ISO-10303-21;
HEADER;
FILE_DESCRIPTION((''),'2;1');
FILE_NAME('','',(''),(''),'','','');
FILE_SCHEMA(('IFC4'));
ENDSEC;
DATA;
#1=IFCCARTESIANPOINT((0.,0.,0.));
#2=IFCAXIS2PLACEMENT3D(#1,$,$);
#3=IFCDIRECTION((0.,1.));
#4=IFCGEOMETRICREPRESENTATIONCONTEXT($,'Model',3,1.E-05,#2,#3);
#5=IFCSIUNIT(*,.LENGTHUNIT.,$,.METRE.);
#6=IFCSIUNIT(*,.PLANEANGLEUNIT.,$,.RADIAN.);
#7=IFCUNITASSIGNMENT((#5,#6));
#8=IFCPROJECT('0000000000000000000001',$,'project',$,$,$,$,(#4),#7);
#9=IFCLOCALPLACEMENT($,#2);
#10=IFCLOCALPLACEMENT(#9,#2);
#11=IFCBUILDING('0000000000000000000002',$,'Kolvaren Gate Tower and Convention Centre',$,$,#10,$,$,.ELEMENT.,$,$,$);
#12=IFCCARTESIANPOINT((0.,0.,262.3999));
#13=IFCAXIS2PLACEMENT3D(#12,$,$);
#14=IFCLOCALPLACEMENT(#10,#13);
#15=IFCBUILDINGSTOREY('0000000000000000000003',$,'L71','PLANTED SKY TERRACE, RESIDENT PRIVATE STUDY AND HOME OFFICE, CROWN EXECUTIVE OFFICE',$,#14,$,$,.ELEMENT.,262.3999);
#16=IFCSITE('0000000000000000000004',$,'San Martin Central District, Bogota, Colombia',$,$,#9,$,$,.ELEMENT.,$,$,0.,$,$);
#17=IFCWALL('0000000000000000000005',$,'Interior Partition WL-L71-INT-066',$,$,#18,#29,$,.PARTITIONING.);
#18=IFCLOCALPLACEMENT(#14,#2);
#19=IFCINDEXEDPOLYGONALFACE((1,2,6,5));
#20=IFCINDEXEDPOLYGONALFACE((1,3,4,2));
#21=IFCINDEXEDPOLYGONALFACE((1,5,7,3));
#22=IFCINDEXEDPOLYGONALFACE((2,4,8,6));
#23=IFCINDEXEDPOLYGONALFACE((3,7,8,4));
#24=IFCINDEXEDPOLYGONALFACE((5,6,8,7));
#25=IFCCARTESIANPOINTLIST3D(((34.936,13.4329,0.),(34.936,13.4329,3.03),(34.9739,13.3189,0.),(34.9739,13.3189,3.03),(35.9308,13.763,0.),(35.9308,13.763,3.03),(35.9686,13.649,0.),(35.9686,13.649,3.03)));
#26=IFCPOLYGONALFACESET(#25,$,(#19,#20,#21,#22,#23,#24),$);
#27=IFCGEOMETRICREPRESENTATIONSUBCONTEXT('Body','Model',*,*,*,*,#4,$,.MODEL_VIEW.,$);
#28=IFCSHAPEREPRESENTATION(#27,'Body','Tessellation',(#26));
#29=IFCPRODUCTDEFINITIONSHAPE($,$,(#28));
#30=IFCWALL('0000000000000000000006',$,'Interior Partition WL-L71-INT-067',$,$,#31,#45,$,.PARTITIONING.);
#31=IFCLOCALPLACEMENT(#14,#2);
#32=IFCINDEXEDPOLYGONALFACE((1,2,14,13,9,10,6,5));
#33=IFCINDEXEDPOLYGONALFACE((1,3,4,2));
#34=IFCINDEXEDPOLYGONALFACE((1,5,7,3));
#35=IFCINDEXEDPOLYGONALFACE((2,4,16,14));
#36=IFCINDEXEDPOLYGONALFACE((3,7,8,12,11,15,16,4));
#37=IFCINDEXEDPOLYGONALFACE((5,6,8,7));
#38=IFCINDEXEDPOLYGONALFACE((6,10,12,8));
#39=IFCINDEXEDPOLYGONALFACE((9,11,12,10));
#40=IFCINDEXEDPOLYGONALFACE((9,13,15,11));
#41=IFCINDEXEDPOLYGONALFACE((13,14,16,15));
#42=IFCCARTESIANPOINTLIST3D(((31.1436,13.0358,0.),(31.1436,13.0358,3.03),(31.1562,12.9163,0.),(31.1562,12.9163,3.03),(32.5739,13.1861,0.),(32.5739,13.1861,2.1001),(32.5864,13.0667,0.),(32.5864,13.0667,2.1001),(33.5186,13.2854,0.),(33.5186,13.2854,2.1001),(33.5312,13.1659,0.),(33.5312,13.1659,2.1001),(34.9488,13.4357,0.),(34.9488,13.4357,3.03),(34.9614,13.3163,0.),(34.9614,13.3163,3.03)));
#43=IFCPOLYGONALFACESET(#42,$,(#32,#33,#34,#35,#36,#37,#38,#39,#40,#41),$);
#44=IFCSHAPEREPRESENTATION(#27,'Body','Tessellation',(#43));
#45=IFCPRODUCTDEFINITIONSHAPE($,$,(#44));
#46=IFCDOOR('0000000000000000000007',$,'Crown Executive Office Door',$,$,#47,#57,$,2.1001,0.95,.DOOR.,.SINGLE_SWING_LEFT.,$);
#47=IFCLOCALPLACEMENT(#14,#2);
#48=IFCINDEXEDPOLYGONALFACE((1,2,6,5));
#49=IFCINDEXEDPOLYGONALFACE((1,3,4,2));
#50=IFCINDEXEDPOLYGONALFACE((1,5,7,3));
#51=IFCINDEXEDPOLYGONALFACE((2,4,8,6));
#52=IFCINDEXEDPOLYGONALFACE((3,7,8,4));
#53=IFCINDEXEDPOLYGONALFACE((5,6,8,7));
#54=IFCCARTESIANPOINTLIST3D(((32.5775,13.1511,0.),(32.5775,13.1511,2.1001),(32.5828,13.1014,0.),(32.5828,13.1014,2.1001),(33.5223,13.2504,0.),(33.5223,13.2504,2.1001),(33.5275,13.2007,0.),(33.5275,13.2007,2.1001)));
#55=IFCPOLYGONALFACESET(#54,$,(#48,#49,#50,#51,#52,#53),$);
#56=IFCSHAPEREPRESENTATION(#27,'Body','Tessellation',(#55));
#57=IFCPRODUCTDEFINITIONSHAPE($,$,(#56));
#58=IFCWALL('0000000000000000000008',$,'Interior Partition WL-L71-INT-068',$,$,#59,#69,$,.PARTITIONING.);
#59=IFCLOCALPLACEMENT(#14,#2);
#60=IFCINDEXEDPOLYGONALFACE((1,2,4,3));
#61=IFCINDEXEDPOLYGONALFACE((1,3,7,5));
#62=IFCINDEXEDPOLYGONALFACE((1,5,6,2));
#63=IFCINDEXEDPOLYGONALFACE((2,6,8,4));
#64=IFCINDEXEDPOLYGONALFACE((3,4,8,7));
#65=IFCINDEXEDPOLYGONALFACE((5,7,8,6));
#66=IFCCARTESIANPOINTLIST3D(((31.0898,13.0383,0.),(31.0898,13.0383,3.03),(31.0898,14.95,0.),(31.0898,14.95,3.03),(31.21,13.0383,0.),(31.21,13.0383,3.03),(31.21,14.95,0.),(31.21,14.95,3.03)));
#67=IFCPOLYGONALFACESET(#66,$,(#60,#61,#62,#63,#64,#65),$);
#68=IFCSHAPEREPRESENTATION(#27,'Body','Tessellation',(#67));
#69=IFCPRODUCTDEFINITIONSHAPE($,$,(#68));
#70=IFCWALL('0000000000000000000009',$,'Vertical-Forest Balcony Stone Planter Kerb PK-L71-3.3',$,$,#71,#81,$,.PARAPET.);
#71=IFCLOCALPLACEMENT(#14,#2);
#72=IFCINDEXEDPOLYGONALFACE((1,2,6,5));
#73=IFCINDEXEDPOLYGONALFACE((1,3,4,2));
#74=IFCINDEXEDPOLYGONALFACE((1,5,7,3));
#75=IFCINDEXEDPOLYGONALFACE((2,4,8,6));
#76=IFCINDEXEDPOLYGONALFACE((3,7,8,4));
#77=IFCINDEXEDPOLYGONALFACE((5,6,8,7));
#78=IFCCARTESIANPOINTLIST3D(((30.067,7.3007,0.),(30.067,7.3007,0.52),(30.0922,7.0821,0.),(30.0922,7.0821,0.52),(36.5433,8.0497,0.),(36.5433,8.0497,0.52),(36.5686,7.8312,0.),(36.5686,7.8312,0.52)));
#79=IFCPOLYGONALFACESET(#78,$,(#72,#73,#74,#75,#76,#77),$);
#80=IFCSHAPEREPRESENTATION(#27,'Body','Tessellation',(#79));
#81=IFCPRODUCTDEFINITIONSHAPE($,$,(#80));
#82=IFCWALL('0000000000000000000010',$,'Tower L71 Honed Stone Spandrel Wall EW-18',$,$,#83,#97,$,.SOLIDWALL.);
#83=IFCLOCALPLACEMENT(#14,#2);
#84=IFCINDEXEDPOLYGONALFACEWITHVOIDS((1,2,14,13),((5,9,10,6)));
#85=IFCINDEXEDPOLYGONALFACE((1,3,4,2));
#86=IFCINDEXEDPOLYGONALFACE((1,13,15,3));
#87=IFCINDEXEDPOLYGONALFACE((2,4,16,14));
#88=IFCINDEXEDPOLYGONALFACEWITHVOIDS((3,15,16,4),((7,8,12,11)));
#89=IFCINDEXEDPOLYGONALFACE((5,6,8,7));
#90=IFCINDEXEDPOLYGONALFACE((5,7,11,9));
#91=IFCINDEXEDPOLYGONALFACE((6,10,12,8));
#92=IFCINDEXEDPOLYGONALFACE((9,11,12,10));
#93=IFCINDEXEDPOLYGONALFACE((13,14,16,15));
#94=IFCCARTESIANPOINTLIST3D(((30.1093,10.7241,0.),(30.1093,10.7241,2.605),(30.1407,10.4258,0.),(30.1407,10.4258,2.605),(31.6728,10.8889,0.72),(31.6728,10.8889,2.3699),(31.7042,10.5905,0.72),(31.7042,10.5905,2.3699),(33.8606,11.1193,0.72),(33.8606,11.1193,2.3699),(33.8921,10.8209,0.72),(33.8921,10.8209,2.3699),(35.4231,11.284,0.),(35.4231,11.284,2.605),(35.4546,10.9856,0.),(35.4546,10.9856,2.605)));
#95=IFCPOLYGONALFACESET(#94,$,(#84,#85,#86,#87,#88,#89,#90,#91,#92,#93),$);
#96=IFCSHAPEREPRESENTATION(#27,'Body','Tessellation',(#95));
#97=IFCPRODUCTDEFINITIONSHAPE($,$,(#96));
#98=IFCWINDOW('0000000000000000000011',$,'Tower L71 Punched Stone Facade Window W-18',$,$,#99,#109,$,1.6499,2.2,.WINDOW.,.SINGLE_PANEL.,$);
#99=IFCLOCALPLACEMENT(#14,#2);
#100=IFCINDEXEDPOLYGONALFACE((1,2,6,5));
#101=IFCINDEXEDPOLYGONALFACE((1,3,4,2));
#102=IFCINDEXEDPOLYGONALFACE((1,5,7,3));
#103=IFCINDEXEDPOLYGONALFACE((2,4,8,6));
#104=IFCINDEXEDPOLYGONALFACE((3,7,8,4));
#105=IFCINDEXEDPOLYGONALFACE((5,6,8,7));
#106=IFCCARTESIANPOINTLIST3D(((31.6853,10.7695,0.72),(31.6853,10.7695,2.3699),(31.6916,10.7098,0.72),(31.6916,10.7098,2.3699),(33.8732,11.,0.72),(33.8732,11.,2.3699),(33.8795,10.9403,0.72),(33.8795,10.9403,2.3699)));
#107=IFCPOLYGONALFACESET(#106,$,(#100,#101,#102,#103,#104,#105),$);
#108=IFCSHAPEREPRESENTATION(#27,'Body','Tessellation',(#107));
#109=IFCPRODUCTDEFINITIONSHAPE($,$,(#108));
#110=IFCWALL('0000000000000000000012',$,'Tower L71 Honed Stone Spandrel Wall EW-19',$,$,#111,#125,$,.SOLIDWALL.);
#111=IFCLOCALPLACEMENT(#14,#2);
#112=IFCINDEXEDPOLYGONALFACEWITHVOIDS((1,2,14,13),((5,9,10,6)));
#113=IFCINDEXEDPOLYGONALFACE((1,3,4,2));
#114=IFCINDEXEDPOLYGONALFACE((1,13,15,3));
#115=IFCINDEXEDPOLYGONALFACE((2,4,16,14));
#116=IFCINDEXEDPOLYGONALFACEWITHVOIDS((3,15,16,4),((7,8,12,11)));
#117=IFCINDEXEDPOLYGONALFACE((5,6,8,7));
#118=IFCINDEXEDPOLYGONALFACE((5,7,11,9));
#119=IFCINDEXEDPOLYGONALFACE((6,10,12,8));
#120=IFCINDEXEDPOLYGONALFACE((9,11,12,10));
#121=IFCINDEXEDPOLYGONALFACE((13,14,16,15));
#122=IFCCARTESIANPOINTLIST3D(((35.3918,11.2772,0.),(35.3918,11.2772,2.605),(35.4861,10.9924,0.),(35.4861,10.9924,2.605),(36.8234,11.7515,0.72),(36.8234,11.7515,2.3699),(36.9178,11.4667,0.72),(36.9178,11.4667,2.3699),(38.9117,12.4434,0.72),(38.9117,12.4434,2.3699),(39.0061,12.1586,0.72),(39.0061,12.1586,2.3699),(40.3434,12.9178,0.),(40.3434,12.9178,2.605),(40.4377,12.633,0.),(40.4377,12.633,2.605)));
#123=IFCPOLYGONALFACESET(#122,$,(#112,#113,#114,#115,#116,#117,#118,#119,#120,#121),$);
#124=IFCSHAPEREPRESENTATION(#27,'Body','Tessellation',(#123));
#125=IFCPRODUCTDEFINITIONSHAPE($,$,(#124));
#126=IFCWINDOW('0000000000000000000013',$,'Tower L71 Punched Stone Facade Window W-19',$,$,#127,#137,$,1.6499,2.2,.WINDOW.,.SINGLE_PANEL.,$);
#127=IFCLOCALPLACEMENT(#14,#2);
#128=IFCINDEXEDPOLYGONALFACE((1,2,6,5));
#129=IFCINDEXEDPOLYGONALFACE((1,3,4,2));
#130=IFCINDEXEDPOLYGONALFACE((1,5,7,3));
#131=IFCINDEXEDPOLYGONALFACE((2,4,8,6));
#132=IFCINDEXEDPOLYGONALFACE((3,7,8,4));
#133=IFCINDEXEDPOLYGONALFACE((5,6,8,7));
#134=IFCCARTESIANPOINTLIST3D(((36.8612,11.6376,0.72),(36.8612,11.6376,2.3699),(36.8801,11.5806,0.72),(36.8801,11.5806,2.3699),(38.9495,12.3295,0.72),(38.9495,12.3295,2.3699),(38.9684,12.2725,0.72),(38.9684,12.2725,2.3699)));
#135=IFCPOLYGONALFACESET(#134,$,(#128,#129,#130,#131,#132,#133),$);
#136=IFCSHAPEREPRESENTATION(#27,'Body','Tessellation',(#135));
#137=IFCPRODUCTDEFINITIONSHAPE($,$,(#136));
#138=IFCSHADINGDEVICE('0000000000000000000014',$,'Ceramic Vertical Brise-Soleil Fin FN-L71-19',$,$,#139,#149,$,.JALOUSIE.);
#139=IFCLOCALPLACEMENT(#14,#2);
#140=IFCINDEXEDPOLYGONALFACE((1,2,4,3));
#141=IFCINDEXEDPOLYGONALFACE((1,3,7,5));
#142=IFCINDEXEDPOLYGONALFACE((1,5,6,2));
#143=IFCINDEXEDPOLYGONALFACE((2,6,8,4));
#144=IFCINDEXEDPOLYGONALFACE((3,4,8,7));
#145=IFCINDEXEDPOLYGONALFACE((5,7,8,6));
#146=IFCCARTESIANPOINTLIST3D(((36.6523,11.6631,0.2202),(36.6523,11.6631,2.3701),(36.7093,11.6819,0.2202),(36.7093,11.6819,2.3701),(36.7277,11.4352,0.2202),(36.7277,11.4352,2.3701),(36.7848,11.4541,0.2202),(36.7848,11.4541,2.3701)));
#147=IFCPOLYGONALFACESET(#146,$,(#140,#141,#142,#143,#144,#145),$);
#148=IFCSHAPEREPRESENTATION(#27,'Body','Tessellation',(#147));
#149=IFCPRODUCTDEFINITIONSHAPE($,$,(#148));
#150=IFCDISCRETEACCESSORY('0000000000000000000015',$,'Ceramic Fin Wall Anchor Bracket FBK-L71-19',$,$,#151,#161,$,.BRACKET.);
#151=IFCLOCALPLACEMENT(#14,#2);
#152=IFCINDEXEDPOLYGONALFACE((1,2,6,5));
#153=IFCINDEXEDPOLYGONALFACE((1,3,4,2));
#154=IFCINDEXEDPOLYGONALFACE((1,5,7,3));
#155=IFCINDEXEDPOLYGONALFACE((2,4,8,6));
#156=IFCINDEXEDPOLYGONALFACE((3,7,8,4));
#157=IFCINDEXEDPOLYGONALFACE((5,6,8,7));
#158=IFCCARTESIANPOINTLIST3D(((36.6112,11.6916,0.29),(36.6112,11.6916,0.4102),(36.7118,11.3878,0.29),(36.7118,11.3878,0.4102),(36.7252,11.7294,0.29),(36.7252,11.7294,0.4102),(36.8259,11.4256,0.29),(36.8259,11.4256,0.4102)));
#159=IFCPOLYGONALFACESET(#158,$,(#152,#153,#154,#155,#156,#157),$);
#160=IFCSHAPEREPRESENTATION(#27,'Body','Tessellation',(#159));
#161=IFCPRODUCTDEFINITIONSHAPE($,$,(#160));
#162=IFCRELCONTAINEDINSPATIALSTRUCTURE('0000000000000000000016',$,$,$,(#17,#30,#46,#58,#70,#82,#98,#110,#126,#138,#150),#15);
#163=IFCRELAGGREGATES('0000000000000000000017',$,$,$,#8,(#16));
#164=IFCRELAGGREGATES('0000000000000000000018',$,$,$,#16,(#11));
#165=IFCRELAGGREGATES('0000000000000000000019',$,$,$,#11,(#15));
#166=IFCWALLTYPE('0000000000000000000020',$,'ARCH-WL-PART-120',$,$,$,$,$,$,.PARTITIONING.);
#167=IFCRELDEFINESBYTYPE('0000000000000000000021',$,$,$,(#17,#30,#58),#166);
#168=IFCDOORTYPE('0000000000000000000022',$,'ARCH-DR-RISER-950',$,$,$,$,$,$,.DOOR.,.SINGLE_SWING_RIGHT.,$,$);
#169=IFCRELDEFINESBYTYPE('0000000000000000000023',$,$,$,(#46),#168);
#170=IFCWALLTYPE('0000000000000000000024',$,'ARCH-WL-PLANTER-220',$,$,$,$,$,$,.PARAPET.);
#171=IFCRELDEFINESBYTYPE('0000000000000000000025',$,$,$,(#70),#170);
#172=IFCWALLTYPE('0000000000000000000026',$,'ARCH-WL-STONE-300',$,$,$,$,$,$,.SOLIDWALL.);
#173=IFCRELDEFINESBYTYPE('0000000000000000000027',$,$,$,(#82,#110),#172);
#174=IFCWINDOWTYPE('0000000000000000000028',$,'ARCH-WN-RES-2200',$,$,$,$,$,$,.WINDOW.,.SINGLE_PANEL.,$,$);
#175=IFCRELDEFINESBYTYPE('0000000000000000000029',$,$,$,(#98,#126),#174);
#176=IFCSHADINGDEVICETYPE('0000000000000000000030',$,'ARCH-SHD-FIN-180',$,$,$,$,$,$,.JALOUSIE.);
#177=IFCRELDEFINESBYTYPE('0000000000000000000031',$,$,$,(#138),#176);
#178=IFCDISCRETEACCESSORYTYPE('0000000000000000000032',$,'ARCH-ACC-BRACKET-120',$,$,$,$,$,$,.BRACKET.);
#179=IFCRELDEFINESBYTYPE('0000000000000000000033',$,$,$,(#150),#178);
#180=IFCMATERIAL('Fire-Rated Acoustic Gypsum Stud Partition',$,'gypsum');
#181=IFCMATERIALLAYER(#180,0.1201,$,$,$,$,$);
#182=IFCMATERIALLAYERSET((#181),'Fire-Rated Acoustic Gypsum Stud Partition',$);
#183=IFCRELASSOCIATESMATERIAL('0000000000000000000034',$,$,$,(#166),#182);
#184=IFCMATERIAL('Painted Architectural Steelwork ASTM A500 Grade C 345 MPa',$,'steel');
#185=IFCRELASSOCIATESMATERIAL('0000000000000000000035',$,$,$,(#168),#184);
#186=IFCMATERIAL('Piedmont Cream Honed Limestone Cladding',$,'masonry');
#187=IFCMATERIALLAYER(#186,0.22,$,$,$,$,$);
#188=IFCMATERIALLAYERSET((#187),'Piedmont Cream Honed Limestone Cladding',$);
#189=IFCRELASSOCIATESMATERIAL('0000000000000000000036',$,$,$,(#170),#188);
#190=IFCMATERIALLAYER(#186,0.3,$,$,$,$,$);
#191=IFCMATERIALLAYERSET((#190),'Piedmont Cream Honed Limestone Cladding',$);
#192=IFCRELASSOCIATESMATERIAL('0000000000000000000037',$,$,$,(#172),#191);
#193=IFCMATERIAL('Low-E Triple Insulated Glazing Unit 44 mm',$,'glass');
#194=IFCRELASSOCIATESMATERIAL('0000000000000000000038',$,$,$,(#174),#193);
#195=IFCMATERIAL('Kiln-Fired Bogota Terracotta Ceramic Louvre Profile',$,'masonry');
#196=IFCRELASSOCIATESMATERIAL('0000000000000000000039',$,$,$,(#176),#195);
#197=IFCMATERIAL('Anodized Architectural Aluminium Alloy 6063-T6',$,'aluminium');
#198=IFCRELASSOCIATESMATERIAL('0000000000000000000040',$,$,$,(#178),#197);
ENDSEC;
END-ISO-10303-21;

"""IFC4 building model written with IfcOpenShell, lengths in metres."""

from ifc_helpers import new_model, si_unit, direction, frame, frame_2d, origin, origin_2d, place, context, subcontext, project, spatial, rectangle, extrude, material, layer, layer_set, type_object, element, fill, save


model = new_model("IFC4")

# Units and contexts
model_context = context("Model", 3, precision=1e-05, world=origin(), true_north=direction((0.0, 1.0)))
body_context = subcontext(model_context, "Body", "Model", "MODEL_VIEW")
ifc_project = project(units=[si_unit("LENGTHUNIT", "METRE"), si_unit("PLANEANGLEUNIT", "RADIAN")], contexts=[model_context])

# Site, building, storey
site_placement = place(None, origin())
site = spatial("IfcSite", under=ifc_project, at=site_placement, Name="San Martin Central District, Bogota, Colombia", CompositionType="ELEMENT", RefElevation=0.0)
building_placement = place(site_placement, origin())
building = spatial("IfcBuilding", under=site, at=building_placement, Name="Kolvaren Gate Tower and Convention Centre", CompositionType="ELEMENT")
storey_placement = place(building_placement, frame((0.0, 0.0, 262.3999)))
storey = spatial("IfcBuildingStorey", under=building, at=storey_placement, Name="L71", Description="PLANTED SKY TERRACE, RESIDENT PRIVATE STUDY AND HOME OFFICE, CROWN EXECUTIVE OFFICE", CompositionType="ELEMENT", Elevation=262.3999)

# Wall
ifc_material_1 = material(Name="Fire-Rated Acoustic Gypsum Stud Partition", Category="gypsum")
ifc_layer_1 = layer(ifc_material_1, 0.1201)
ifc_layer_set_1 = layer_set([ifc_layer_1], Name="Fire-Rated Acoustic Gypsum Stud Partition")
wall_type_1 = type_object("IfcWallType", Name="ARCH-WL-PART-120", PredefinedType="PARTITIONING", material=ifc_layer_set_1)
wall_1_placement = place(storey_placement, frame((34.9551, 13.376, 0.0), z_axis=(0.0, 0.0, 1.0), x_axis=(0.949125, 0.3149, 0.0)))
element("IfcWall", 1, at=wall_1_placement, inside=storey, type_object=wall_type_1, Name="Interior Partition WL-L71-INT-066", PredefinedType="PARTITIONING", context=body_context, shape_type="SweptSolid", body=[
    extrude(rectangle(XDim=1.0481, YDim=0.1201, at=frame_2d((0.5239, 0.0))), origin(), (0.0, 0.0, 1.0), 3.03),
])

# Wall, opening, door
wall_2_placement = place(storey_placement, frame((31.1499, 12.9761, 0.0), z_axis=(0.0, 0.0, 1.0), x_axis=(0.994523, 0.104519, 0.0)))
wall_2 = element("IfcWall", 2, at=wall_2_placement, inside=storey, type_object=wall_type_1, Name="Interior Partition WL-L71-INT-067", PredefinedType="PARTITIONING", context=body_context, shape_type="SweptSolid", body=[
    extrude(rectangle(XDim=3.8262, YDim=0.1201, at=frame_2d((1.9131, 0.0))), origin(), (0.0, 0.0, 1.0), 3.03),
])
opening_1_placement = place(wall_2_placement, frame((1.438, 0.0, 0.0)))
opening_1 = element("IfcOpeningElement", 3, at=opening_1_placement, cuts=wall_2, PredefinedType="OPENING", context=body_context, shape_type="SweptSolid", body=[
    extrude(rectangle(XDim=0.95, YDim=2.1001, at=frame_2d((0.4751, 1.05))), frame((0.0, 0.0701, 0.0), z_axis=(0.0, -1.0, 0.0), x_axis=(1.0, 0.0, 0.0)), (0.0, 0.0, 1.0), 0.1401),
])
ifc_material_2 = material(Name="Painted Architectural Steelwork ASTM A500 Grade C 345 MPa", Category="steel")
door_type = type_object("IfcDoorType", Name="ARCH-DR-RISER-950", OperationType="SINGLE_SWING_RIGHT", PredefinedType="DOOR", material=ifc_material_2)
door_placement = place(opening_1_placement, origin())
door = element("IfcDoor", 4, at=door_placement, inside=storey, type_object=door_type, Name="Crown Executive Office Door", OperationType="SINGLE_SWING_LEFT", OverallHeight=2.1001, OverallWidth=0.95, PredefinedType="DOOR", context=body_context, shape_type="SweptSolid", body=[
    extrude(rectangle(XDim=0.95, YDim=2.1001, at=frame_2d((0.4751, 1.05))), frame((0.0, 0.0249, 0.0), z_axis=(0.0, -1.0, 0.0), x_axis=(1.0, 0.0, 0.0)), (0.0, 0.0, 1.0), 0.05),
])
fill(opening_1, door)

# Walls
wall_3_placement = place(storey_placement, frame((31.1499, 13.0383, 0.0), z_axis=(0.0, 0.0, 1.0), x_axis=(0.0, 1.0, 0.0)))
element("IfcWall", 5, at=wall_3_placement, inside=storey, type_object=wall_type_1, Name="Interior Partition WL-L71-INT-068", PredefinedType="PARTITIONING", context=body_context, shape_type="SweptSolid", body=[
    extrude(rectangle(XDim=1.9116, YDim=0.1201, at=frame_2d((0.9558, 0.0))), origin(), (0.0, 0.0, 1.0), 3.03),
])
ifc_material_3 = material(Name="Piedmont Cream Honed Limestone Cladding", Category="masonry")
ifc_layer_2 = layer(ifc_material_3, 0.22)
ifc_layer_set_2 = layer_set([ifc_layer_2], Name="Piedmont Cream Honed Limestone Cladding")
wall_type_2 = type_object("IfcWallType", Name="ARCH-WL-PLANTER-220", PredefinedType="PARAPET", material=ifc_layer_set_2)
wall_4_placement = place(storey_placement, frame((30.0796, 7.1914, 0.0), z_axis=(0.0, 0.0, 1.0), x_axis=(0.993378, 0.11489, 0.0)))
element("IfcWall", 6, at=wall_4_placement, inside=storey, type_object=wall_type_2, Name="Vertical-Forest Balcony Stone Planter Kerb PK-L71-3.3", PredefinedType="PARAPET", context=body_context, shape_type="SweptSolid", body=[
    extrude(rectangle(XDim=6.5195, YDim=0.22, at=frame_2d((3.2598, 0.0))), origin(), (0.0, 0.0, 1.0), 0.52),
])

# Walls, openings, windows
ifc_layer_3 = layer(ifc_material_3, 0.3)
ifc_layer_set_3 = layer_set([ifc_layer_3], Name="Piedmont Cream Honed Limestone Cladding")
wall_type_3 = type_object("IfcWallType", Name="ARCH-WL-STONE-300", PredefinedType="SOLIDWALL", material=ifc_layer_set_3)
wall_5_placement = place(storey_placement, frame((30.125, 10.575, 0.0), z_axis=(0.0, 0.0, 1.0), x_axis=(0.994497, 0.104768, 0.0)))
wall_5 = element("IfcWall", 7, at=wall_5_placement, inside=storey, type_object=wall_type_3, Name="Tower L71 Honed Stone Spandrel Wall EW-18", PredefinedType="SOLIDWALL", context=body_context, shape_type="SweptSolid", body=[
    extrude(rectangle(XDim=5.3433, YDim=0.3, at=frame_2d((2.6716, 0.0))), origin(), (0.0, 0.0, 1.0), 2.605),
])
opening_2_placement = place(wall_5_placement, frame((1.572, 0.0, 0.72)))
opening_2 = element("IfcOpeningElement", 8, at=opening_2_placement, cuts=wall_5, PredefinedType="OPENING", context=body_context, shape_type="SweptSolid", body=[
    extrude(rectangle(XDim=2.2, YDim=1.6499, at=frame_2d((1.1001, 0.825))), frame((0.0, 0.1599, 0.0), z_axis=(0.0, -1.0, 0.0), x_axis=(1.0, 0.0, 0.0)), (0.0, 0.0, 1.0), 0.3201),
])
ifc_material_4 = material(Name="Low-E Triple Insulated Glazing Unit 44 mm", Category="glass")
window_type = type_object("IfcWindowType", Name="ARCH-WN-RES-2200", PartitioningType="SINGLE_PANEL", PredefinedType="WINDOW", material=ifc_material_4)
window_1_placement = place(opening_2_placement, origin())
window_1 = element("IfcWindow", 9, at=window_1_placement, inside=storey, type_object=window_type, Name="Tower L71 Punched Stone Facade Window W-18", OverallHeight=1.6499, OverallWidth=2.2, PartitioningType="SINGLE_PANEL", PredefinedType="WINDOW", context=body_context, shape_type="SweptSolid", body=[
    extrude(rectangle(XDim=2.2, YDim=1.6499, at=frame_2d((1.1001, 0.825))), frame((0.0, 0.03, 0.0), z_axis=(0.0, -1.0, 0.0), x_axis=(1.0, 0.0, 0.0)), (0.0, 0.0, 1.0), 0.0601),
])
fill(opening_2, window_1)
wall_6_placement = place(storey_placement, frame((35.439, 11.1348, 0.0), z_axis=(0.0, 0.0, 1.0), x_axis=(0.949253, 0.314514, 0.0)))
wall_6 = element("IfcWall", 10, at=wall_6_placement, inside=storey, type_object=wall_type_3, Name="Tower L71 Honed Stone Spandrel Wall EW-19", PredefinedType="SOLIDWALL", context=body_context, shape_type="SweptSolid", body=[
    extrude(rectangle(XDim=5.2163, YDim=0.3, at=frame_2d((2.6082, 0.0))), origin(), (0.0, 0.0, 1.0), 2.605),
])
opening_3_placement = place(wall_6_placement, frame((1.5081, 0.0, 0.72)))
opening_3 = element("IfcOpeningElement", 11, at=opening_3_placement, cuts=wall_6, PredefinedType="OPENING", context=body_context, shape_type="SweptSolid", body=[
    extrude(rectangle(XDim=2.2, YDim=1.6499, at=frame_2d((1.1001, 0.825))), frame((0.0, 0.1599, 0.0), z_axis=(0.0, -1.0, 0.0), x_axis=(1.0, 0.0, 0.0)), (0.0, 0.0, 1.0), 0.3201),
])
window_2_placement = place(opening_3_placement, origin())
window_2 = element("IfcWindow", 12, at=window_2_placement, inside=storey, type_object=window_type, Name="Tower L71 Punched Stone Facade Window W-19", OverallHeight=1.6499, OverallWidth=2.2, PartitioningType="SINGLE_PANEL", PredefinedType="WINDOW", context=body_context, shape_type="SweptSolid", body=[
    extrude(rectangle(XDim=2.2, YDim=1.6499, at=frame_2d((1.1001, 0.825))), frame((0.0, 0.03, 0.0), z_axis=(0.0, -1.0, 0.0), x_axis=(1.0, 0.0, 0.0)), (0.0, 0.0, 1.0), 0.0601),
])
fill(opening_3, window_2)

# Shading device
ifc_material_5 = material(Name="Kiln-Fired Bogota Terracotta Ceramic Louvre Profile", Category="masonry")
shading_device_type = type_object("IfcShadingDeviceType", Name="ARCH-SHD-FIN-180", PredefinedType="JALOUSIE", material=ifc_material_5)
shading_device_placement = place(storey_placement, frame((36.7185, 11.5586, 0.2202), z_axis=(0.0, 0.0, 1.0), x_axis=(0.949243, 0.314543, 0.0)))
element("IfcShadingDevice", 13, at=shading_device_placement, inside=storey, type_object=shading_device_type, Name="Ceramic Vertical Brise-Soleil Fin FN-L71-19", PredefinedType="JALOUSIE", context=body_context, shape_type="SweptSolid", body=[
    extrude(rectangle(XDim=0.0601, YDim=0.24, at=origin_2d()), origin(), (0.0, 0.0, 1.0), 2.1499),
])

# Discrete accessory
ifc_material_6 = material(Name="Anodized Architectural Aluminium Alloy 6063-T6", Category="aluminium")
discrete_accessory_type = type_object("IfcDiscreteAccessoryType", Name="ARCH-ACC-BRACKET-120", PredefinedType="BRACKET", material=ifc_material_6)
discrete_accessory_placement = place(storey_placement, frame((36.7185, 11.5586, 0.29), z_axis=(0.0, 0.0, 1.0), x_axis=(0.949243, 0.314543, 0.0)))
element("IfcDiscreteAccessory", 14, at=discrete_accessory_placement, inside=storey, type_object=discrete_accessory_type, Name="Ceramic Fin Wall Anchor Bracket FBK-L71-19", PredefinedType="BRACKET", context=body_context, shape_type="SweptSolid", body=[
    extrude(rectangle(XDim=0.1201, YDim=0.3201, at=origin_2d()), origin(), (0.0, 0.0, 1.0), 0.1201),
])

save(model, "model.ifc")
